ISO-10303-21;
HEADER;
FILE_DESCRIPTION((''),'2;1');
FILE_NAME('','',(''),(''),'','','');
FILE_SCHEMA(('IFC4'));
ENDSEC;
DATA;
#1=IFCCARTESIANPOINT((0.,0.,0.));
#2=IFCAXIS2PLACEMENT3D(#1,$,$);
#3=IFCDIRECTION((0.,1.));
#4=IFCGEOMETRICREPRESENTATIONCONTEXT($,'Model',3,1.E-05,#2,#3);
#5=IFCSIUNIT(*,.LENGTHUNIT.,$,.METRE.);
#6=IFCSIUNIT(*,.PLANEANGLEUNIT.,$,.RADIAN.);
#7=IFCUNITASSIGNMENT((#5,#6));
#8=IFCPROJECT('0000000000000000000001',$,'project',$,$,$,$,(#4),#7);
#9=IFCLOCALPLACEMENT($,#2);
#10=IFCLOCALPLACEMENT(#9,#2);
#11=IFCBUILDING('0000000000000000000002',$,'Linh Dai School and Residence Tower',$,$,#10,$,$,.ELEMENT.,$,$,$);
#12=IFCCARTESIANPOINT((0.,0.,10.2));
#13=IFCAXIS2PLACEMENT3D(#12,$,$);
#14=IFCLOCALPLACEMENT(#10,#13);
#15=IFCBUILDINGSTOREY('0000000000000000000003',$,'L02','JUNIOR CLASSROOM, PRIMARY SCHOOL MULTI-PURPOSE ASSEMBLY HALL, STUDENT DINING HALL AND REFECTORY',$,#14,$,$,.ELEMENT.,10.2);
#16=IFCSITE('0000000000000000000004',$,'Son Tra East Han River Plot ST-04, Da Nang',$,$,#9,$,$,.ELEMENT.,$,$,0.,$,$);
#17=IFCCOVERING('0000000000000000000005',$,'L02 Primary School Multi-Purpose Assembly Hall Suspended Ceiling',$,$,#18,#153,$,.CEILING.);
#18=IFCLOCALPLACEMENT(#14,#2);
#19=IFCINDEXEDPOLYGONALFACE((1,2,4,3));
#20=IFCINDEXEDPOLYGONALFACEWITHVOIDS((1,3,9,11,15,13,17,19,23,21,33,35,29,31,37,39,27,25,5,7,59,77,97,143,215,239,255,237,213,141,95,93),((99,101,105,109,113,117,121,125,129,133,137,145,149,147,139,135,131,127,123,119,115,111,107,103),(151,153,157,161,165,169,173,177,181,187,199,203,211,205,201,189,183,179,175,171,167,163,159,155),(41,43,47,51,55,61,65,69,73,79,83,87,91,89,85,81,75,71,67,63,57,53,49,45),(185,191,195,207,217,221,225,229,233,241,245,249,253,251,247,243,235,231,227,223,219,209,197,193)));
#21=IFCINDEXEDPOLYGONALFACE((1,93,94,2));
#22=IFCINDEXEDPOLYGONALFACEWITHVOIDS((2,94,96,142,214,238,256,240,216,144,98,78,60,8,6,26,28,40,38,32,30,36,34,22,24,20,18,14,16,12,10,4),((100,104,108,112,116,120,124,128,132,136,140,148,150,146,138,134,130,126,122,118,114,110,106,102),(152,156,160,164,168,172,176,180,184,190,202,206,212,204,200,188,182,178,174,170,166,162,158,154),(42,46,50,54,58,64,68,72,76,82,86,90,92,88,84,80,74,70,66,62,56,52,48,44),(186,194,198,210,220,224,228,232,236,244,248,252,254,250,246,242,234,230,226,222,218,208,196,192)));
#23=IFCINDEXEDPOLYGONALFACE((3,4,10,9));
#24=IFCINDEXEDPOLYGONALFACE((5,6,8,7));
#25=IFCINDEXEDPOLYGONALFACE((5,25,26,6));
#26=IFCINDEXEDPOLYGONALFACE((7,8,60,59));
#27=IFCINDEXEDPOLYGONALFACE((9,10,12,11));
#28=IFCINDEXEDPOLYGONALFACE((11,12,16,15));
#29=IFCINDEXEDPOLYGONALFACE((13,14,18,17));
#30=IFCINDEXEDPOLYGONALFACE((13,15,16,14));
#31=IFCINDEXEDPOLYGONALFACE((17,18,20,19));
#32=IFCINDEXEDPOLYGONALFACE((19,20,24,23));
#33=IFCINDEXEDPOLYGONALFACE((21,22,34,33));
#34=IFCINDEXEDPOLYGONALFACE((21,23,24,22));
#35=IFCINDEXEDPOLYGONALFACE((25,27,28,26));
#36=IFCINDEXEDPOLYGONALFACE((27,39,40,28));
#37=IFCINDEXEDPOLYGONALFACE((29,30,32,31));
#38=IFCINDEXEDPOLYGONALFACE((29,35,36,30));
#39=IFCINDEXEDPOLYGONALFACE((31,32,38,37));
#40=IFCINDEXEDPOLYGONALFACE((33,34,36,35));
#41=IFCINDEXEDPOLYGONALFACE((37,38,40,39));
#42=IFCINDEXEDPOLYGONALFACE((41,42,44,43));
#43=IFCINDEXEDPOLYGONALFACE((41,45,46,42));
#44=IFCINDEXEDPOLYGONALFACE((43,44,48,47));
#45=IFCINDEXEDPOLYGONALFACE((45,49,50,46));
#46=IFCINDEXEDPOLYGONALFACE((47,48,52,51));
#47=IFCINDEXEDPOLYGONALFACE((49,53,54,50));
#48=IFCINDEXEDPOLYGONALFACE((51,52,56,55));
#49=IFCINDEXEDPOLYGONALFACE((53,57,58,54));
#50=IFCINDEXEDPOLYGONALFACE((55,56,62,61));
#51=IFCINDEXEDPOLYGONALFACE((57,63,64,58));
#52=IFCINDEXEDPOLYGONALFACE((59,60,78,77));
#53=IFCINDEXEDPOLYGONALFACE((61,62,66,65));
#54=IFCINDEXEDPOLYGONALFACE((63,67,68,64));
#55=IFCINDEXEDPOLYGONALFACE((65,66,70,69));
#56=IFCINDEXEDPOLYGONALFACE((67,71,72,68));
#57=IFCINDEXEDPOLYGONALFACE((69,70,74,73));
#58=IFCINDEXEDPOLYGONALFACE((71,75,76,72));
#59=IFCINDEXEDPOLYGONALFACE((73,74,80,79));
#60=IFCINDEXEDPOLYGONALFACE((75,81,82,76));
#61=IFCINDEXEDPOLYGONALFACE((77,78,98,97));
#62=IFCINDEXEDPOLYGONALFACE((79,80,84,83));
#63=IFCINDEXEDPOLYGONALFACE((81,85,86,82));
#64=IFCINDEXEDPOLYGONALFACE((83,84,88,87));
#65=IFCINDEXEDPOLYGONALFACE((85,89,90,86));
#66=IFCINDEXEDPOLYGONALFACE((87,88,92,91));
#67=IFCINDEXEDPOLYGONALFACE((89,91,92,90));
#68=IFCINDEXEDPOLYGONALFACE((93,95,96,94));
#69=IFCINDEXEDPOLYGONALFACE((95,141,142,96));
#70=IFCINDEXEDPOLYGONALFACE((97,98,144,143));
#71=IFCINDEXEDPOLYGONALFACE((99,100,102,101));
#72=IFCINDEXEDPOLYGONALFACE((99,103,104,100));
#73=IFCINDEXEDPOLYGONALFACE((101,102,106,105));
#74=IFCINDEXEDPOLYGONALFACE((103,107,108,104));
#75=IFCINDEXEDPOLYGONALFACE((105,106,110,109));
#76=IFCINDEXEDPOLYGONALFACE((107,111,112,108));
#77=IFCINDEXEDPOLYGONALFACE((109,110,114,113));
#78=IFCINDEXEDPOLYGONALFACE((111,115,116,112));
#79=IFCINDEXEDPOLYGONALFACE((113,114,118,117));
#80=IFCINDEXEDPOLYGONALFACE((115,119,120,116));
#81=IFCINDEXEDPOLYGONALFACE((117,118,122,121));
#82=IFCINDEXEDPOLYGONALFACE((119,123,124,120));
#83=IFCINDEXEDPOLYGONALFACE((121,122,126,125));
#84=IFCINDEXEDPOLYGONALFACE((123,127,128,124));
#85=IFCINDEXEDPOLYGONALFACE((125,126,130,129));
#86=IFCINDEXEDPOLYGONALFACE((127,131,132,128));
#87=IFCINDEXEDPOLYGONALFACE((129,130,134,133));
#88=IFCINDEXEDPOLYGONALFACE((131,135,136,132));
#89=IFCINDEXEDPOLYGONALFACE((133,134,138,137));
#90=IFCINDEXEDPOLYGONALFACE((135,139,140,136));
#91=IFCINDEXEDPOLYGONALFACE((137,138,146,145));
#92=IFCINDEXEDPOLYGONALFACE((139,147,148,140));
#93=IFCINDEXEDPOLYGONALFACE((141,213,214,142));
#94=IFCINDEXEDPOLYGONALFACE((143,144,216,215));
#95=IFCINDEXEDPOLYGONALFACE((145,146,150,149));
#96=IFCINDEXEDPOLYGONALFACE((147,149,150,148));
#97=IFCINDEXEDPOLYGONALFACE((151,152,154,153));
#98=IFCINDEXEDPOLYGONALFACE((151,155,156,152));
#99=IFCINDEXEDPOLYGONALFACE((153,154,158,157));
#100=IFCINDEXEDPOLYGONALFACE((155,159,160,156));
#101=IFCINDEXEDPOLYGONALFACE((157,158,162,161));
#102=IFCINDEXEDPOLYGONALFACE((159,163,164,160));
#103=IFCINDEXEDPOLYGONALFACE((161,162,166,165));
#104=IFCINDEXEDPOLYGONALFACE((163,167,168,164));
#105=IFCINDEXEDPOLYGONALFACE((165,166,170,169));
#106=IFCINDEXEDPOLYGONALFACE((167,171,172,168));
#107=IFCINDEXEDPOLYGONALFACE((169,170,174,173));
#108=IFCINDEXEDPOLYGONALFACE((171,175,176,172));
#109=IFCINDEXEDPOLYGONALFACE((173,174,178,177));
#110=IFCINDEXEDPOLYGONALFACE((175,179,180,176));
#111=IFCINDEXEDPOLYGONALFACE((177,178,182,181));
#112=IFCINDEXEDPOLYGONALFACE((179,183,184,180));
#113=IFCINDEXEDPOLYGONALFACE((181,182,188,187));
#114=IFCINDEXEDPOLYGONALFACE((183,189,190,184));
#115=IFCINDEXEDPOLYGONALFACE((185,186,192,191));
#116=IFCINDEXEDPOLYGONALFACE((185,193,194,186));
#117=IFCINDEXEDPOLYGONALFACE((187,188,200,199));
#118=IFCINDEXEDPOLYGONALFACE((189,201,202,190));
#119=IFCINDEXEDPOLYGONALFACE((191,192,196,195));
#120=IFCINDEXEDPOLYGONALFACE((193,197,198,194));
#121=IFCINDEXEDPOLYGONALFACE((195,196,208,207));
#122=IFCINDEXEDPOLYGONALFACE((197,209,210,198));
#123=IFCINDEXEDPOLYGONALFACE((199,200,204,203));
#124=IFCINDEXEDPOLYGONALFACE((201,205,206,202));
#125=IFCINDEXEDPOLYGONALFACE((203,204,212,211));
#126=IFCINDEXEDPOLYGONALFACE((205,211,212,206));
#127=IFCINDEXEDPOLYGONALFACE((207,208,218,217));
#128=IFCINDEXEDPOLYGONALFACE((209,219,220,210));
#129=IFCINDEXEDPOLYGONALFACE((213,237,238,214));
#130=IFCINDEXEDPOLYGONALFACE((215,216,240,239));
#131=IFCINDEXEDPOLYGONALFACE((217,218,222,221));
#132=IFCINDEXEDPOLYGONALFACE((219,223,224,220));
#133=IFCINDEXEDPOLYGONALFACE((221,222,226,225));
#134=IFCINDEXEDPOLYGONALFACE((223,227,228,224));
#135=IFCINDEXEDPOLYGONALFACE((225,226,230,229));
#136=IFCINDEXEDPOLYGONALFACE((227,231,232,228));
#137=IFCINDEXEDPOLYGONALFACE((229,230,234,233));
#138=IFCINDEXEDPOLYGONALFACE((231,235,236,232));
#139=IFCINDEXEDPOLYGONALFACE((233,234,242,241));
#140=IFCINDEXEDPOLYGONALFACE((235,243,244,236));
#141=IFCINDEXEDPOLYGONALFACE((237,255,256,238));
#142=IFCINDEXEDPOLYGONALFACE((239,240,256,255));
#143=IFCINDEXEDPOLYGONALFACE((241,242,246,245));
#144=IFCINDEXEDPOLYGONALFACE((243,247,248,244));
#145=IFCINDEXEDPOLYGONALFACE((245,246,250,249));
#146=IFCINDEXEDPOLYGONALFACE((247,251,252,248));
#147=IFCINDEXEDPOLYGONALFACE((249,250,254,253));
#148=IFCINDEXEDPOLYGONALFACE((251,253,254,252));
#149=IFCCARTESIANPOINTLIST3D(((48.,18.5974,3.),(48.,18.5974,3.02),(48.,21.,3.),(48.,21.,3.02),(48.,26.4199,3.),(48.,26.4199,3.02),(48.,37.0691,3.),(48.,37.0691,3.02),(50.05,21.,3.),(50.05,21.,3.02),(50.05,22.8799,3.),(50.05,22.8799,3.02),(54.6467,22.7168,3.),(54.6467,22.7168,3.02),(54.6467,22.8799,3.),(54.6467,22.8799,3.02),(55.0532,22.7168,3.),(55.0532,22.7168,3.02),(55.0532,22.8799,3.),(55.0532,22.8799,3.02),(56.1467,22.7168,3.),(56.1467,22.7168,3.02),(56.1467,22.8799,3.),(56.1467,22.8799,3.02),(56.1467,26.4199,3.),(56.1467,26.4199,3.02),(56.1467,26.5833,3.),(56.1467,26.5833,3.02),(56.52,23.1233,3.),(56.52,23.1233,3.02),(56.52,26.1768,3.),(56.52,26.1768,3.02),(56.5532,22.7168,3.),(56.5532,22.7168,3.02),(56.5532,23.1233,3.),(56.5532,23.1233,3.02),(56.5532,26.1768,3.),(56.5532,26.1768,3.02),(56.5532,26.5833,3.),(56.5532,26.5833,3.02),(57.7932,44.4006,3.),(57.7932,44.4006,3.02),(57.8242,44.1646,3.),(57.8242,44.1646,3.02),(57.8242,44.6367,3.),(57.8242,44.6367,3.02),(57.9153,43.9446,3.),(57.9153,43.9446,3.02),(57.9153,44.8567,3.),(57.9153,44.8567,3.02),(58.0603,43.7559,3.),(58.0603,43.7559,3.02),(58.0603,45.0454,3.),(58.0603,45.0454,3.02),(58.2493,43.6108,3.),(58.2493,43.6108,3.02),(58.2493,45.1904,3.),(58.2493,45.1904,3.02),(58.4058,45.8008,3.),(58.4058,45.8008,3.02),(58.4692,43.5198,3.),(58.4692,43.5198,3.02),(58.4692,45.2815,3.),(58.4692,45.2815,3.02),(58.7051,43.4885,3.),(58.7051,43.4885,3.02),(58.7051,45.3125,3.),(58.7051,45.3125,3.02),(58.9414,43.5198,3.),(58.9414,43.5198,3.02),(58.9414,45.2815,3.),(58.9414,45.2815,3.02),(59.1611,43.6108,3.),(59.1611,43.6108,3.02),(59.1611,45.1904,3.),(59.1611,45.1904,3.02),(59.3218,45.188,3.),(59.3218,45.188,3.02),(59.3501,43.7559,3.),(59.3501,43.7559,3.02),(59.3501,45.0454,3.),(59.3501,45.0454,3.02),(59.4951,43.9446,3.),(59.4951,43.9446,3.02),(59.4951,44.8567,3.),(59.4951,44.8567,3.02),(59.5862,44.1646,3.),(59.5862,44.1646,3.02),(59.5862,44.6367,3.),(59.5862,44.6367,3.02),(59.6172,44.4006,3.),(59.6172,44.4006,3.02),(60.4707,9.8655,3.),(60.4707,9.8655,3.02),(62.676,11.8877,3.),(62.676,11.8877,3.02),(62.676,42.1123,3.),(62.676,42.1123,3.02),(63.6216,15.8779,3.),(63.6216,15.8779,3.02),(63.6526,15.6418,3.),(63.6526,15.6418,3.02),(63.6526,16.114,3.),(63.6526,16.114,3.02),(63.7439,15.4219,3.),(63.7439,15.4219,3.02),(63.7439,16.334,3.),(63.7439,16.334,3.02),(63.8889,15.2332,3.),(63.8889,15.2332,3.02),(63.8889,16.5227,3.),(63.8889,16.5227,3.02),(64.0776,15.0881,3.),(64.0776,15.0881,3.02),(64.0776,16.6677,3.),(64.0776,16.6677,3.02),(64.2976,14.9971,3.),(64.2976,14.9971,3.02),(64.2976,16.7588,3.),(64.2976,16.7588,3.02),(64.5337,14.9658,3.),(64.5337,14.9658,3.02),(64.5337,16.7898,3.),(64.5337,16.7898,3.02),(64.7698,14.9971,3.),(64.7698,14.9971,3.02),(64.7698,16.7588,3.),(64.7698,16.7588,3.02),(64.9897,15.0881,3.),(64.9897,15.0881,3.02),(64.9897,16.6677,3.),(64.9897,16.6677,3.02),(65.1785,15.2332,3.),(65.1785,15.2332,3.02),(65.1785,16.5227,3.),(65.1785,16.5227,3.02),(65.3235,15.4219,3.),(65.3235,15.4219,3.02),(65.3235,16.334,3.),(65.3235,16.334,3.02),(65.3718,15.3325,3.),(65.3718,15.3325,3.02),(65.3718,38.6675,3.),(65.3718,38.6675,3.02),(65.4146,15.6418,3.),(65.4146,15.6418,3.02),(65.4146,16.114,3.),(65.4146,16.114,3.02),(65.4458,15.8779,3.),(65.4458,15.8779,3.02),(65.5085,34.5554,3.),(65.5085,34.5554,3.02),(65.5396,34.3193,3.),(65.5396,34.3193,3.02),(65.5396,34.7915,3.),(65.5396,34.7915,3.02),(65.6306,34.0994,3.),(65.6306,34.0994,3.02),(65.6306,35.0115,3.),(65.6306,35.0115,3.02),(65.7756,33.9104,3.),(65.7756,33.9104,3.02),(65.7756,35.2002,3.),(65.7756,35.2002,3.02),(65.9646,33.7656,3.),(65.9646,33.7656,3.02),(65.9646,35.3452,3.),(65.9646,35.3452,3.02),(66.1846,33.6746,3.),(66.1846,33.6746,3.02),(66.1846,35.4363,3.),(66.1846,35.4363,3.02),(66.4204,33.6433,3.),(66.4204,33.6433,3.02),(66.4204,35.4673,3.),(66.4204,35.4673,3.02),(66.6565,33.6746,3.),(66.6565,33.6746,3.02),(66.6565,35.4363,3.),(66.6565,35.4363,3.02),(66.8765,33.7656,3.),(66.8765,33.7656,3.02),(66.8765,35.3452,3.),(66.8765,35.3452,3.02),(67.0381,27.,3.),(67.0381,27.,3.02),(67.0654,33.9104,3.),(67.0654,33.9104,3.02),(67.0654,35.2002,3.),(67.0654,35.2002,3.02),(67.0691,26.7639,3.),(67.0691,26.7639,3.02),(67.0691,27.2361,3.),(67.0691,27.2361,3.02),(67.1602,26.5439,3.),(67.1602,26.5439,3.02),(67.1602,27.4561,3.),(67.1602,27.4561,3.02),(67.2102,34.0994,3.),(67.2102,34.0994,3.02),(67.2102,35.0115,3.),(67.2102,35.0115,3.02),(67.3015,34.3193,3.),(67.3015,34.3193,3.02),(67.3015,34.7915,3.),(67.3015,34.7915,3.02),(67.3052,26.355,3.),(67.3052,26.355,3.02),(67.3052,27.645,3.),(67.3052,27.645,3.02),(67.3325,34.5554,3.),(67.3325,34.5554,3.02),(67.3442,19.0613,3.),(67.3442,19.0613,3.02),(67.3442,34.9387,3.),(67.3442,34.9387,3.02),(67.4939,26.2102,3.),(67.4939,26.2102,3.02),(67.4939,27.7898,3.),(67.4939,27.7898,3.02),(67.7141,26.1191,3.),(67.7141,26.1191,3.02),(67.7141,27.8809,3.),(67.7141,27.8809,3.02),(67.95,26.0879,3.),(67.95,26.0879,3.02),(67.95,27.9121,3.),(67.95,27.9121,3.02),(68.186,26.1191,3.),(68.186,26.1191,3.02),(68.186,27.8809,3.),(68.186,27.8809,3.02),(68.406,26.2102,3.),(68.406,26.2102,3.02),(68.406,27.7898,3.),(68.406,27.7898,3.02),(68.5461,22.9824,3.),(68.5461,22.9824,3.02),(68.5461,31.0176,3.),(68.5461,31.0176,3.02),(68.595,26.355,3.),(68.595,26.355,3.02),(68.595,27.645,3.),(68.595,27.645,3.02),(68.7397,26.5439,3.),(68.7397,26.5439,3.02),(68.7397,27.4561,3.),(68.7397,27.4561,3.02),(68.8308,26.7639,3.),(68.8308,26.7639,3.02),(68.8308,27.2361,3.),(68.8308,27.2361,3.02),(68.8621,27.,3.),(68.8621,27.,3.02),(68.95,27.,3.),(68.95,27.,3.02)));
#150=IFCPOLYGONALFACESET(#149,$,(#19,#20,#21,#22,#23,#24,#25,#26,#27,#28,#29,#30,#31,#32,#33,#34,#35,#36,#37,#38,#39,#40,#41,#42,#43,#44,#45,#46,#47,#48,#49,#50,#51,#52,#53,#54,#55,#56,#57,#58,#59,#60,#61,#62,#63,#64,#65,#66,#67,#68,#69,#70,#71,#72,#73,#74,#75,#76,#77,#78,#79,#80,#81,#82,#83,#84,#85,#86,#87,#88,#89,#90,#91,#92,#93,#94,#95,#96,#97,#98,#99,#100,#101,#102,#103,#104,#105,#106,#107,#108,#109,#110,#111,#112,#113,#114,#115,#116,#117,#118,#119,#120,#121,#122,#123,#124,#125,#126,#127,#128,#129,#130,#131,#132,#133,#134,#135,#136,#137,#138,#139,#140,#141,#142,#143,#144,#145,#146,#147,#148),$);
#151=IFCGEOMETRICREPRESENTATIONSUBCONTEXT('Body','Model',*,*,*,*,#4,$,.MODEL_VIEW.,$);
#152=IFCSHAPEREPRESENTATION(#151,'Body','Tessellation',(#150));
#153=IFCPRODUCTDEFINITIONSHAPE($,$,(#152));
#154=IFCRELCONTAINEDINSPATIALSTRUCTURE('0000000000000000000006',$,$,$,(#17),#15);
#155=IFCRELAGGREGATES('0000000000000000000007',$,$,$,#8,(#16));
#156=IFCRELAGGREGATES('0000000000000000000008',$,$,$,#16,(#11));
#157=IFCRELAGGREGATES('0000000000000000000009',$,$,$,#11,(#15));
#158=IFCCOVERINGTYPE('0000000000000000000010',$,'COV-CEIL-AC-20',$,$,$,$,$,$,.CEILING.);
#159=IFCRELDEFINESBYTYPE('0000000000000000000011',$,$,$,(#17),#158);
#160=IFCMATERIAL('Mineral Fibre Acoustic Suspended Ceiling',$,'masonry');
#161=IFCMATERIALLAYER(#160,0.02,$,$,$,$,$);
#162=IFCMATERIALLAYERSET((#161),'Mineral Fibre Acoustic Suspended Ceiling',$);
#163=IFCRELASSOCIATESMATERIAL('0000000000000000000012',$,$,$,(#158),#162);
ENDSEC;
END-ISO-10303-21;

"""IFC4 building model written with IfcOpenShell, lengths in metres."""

from ifc_helpers import new_model, si_unit, direction, frame, origin, place, context, subcontext, project, spatial, polyline, outline, extrude, material, layer, layer_set, type_object, element, save


model = new_model("IFC4")

# Units and contexts
model_context = context("Model", 3, precision=1e-05, world=origin(), true_north=direction((0.0, 1.0)))
body_context = subcontext(model_context, "Body", "Model", "MODEL_VIEW")
ifc_project = project(units=[si_unit("LENGTHUNIT", "METRE"), si_unit("PLANEANGLEUNIT", "RADIAN")], contexts=[model_context])

# Site, building, storey
site_placement = place(None, origin())
site = spatial("IfcSite", under=ifc_project, at=site_placement, Name="Son Tra East Han River Plot ST-04, Da Nang", CompositionType="ELEMENT", RefElevation=0.0)
building_placement = place(site_placement, origin())
building = spatial("IfcBuilding", under=site, at=building_placement, Name="Linh Dai School and Residence Tower", CompositionType="ELEMENT")
storey_placement = place(building_placement, frame((0.0, 0.0, 10.2)))
storey = spatial("IfcBuildingStorey", under=building, at=storey_placement, Name="L02", Description="JUNIOR CLASSROOM, PRIMARY SCHOOL MULTI-PURPOSE ASSEMBLY HALL, STUDENT DINING HALL AND REFECTORY", CompositionType="ELEMENT", Elevation=10.2)

# Covering
ifc_material_1 = material(Name="Mineral Fibre Acoustic Suspended Ceiling", Category="masonry")
ifc_layer_1 = layer(ifc_material_1, 0.02)
ifc_layer_set_1 = layer_set([ifc_layer_1], Name="Mineral Fibre Acoustic Suspended Ceiling")
covering_type_1 = type_object("IfcCoveringType", Name="COV-CEIL-AC-20", PredefinedType="CEILING", material=ifc_layer_set_1)
covering_1_placement = place(storey_placement, frame((0.0, 0.0, 3.0)))
element("IfcCovering", 1, at=covering_1_placement, inside=storey, type_object=covering_type_1, Name="L02 Primary School Multi-Purpose Assembly Hall Suspended Ceiling", PredefinedType="CEILING", context=body_context, shape_type="SweptSolid", body=[
    extrude(outline(polyline([(62.676, 11.8877), (60.4707, 9.8655), (48.0, 18.5974), (48.0, 21.0), (50.05, 21.0), (50.05, 22.8799), (54.6467, 22.8799), (54.6467, 22.7168), (55.0532, 22.7168), (55.0532, 22.8799), (56.1467, 22.8799), (56.1467, 22.7168), (56.5532, 22.7168), (56.5532, 23.1233), (56.52, 23.1233), (56.52, 26.1768), (56.5532, 26.1768), (56.5532, 26.5833), (56.1467, 26.5833), (56.1467, 26.4199), (48.0, 26.4199), (48.0, 37.0691), (58.4058, 45.8008), (59.3218, 45.188), (62.676, 42.1123), (65.3718, 38.6675), (67.3442, 34.9387), (68.5461, 31.0176), (68.95, 27.0), (68.5461, 22.9824), (67.3442, 19.0613), (65.3718, 15.3325), (62.676, 11.8877)]), holes=[polyline([(68.7397, 26.5439), (68.8308, 26.7639), (68.8621, 27.0), (68.8308, 27.2361), (68.7397, 27.4561), (68.595, 27.645), (68.406, 27.7898), (68.186, 27.8809), (67.95, 27.9121), (67.7141, 27.8809), (67.4939, 27.7898), (67.3052, 27.645), (67.1602, 27.4561), (67.0691, 27.2361), (67.0381, 27.0), (67.0691, 26.7639), (67.1602, 26.5439), (67.3052, 26.355), (67.4939, 26.2102), (67.7141, 26.1191), (67.95, 26.0879), (68.186, 26.1191), (68.406, 26.2102), (68.595, 26.355), (68.7397, 26.5439)]), polyline([(67.2102, 34.0994), (67.3015, 34.3193), (67.3325, 34.5554), (67.3015, 34.7915), (67.2102, 35.0115), (67.0654, 35.2002), (66.8765, 35.3452), (66.6565, 35.4363), (66.4204, 35.4673), (66.1846, 35.4363), (65.9646, 35.3452), (65.7756, 35.2002), (65.6306, 35.0115), (65.5396, 34.7915), (65.5085, 34.5554), (65.5396, 34.3193), (65.6306, 34.0994), (65.7756, 33.9104), (65.9646, 33.7656), (66.1846, 33.6746), (66.4204, 33.6433), (66.6565, 33.6746), (66.8765, 33.7656), (67.0654, 33.9104), (67.2102, 34.0994)]), polyline([(65.3235, 15.4219), (65.4146, 15.6418), (65.4458, 15.8779), (65.4146, 16.114), (65.3235, 16.334), (65.1785, 16.5227), (64.9897, 16.6677), (64.7698, 16.7588), (64.5337, 16.7898), (64.2976, 16.7588), (64.0776, 16.6677), (63.8889, 16.5227), (63.7439, 16.334), (63.6526, 16.114), (63.6216, 15.8779), (63.6526, 15.6418), (63.7439, 15.4219), (63.8889, 15.2332), (64.0776, 15.0881), (64.2976, 14.9971), (64.5337, 14.9658), (64.7698, 14.9971), (64.9897, 15.0881), (65.1785, 15.2332), (65.3235, 15.4219)]), polyline([(59.4951, 43.9446), (59.5862, 44.1646), (59.6172, 44.4006), (59.5862, 44.6367), (59.4951, 44.8567), (59.3501, 45.0454), (59.1611, 45.1904), (58.9414, 45.2815), (58.7051, 45.3125), (58.4692, 45.2815), (58.2493, 45.1904), (58.0603, 45.0454), (57.9153, 44.8567), (57.8242, 44.6367), (57.7932, 44.4006), (57.8242, 44.1646), (57.9153, 43.9446), (58.0603, 43.7559), (58.2493, 43.6108), (58.4692, 43.5198), (58.7051, 43.4885), (58.9414, 43.5198), (59.1611, 43.6108), (59.3501, 43.7559), (59.4951, 43.9446)])]), origin(), (0.0, 0.0, 1.0), 0.02),
])

save(model, "model.ifc")
